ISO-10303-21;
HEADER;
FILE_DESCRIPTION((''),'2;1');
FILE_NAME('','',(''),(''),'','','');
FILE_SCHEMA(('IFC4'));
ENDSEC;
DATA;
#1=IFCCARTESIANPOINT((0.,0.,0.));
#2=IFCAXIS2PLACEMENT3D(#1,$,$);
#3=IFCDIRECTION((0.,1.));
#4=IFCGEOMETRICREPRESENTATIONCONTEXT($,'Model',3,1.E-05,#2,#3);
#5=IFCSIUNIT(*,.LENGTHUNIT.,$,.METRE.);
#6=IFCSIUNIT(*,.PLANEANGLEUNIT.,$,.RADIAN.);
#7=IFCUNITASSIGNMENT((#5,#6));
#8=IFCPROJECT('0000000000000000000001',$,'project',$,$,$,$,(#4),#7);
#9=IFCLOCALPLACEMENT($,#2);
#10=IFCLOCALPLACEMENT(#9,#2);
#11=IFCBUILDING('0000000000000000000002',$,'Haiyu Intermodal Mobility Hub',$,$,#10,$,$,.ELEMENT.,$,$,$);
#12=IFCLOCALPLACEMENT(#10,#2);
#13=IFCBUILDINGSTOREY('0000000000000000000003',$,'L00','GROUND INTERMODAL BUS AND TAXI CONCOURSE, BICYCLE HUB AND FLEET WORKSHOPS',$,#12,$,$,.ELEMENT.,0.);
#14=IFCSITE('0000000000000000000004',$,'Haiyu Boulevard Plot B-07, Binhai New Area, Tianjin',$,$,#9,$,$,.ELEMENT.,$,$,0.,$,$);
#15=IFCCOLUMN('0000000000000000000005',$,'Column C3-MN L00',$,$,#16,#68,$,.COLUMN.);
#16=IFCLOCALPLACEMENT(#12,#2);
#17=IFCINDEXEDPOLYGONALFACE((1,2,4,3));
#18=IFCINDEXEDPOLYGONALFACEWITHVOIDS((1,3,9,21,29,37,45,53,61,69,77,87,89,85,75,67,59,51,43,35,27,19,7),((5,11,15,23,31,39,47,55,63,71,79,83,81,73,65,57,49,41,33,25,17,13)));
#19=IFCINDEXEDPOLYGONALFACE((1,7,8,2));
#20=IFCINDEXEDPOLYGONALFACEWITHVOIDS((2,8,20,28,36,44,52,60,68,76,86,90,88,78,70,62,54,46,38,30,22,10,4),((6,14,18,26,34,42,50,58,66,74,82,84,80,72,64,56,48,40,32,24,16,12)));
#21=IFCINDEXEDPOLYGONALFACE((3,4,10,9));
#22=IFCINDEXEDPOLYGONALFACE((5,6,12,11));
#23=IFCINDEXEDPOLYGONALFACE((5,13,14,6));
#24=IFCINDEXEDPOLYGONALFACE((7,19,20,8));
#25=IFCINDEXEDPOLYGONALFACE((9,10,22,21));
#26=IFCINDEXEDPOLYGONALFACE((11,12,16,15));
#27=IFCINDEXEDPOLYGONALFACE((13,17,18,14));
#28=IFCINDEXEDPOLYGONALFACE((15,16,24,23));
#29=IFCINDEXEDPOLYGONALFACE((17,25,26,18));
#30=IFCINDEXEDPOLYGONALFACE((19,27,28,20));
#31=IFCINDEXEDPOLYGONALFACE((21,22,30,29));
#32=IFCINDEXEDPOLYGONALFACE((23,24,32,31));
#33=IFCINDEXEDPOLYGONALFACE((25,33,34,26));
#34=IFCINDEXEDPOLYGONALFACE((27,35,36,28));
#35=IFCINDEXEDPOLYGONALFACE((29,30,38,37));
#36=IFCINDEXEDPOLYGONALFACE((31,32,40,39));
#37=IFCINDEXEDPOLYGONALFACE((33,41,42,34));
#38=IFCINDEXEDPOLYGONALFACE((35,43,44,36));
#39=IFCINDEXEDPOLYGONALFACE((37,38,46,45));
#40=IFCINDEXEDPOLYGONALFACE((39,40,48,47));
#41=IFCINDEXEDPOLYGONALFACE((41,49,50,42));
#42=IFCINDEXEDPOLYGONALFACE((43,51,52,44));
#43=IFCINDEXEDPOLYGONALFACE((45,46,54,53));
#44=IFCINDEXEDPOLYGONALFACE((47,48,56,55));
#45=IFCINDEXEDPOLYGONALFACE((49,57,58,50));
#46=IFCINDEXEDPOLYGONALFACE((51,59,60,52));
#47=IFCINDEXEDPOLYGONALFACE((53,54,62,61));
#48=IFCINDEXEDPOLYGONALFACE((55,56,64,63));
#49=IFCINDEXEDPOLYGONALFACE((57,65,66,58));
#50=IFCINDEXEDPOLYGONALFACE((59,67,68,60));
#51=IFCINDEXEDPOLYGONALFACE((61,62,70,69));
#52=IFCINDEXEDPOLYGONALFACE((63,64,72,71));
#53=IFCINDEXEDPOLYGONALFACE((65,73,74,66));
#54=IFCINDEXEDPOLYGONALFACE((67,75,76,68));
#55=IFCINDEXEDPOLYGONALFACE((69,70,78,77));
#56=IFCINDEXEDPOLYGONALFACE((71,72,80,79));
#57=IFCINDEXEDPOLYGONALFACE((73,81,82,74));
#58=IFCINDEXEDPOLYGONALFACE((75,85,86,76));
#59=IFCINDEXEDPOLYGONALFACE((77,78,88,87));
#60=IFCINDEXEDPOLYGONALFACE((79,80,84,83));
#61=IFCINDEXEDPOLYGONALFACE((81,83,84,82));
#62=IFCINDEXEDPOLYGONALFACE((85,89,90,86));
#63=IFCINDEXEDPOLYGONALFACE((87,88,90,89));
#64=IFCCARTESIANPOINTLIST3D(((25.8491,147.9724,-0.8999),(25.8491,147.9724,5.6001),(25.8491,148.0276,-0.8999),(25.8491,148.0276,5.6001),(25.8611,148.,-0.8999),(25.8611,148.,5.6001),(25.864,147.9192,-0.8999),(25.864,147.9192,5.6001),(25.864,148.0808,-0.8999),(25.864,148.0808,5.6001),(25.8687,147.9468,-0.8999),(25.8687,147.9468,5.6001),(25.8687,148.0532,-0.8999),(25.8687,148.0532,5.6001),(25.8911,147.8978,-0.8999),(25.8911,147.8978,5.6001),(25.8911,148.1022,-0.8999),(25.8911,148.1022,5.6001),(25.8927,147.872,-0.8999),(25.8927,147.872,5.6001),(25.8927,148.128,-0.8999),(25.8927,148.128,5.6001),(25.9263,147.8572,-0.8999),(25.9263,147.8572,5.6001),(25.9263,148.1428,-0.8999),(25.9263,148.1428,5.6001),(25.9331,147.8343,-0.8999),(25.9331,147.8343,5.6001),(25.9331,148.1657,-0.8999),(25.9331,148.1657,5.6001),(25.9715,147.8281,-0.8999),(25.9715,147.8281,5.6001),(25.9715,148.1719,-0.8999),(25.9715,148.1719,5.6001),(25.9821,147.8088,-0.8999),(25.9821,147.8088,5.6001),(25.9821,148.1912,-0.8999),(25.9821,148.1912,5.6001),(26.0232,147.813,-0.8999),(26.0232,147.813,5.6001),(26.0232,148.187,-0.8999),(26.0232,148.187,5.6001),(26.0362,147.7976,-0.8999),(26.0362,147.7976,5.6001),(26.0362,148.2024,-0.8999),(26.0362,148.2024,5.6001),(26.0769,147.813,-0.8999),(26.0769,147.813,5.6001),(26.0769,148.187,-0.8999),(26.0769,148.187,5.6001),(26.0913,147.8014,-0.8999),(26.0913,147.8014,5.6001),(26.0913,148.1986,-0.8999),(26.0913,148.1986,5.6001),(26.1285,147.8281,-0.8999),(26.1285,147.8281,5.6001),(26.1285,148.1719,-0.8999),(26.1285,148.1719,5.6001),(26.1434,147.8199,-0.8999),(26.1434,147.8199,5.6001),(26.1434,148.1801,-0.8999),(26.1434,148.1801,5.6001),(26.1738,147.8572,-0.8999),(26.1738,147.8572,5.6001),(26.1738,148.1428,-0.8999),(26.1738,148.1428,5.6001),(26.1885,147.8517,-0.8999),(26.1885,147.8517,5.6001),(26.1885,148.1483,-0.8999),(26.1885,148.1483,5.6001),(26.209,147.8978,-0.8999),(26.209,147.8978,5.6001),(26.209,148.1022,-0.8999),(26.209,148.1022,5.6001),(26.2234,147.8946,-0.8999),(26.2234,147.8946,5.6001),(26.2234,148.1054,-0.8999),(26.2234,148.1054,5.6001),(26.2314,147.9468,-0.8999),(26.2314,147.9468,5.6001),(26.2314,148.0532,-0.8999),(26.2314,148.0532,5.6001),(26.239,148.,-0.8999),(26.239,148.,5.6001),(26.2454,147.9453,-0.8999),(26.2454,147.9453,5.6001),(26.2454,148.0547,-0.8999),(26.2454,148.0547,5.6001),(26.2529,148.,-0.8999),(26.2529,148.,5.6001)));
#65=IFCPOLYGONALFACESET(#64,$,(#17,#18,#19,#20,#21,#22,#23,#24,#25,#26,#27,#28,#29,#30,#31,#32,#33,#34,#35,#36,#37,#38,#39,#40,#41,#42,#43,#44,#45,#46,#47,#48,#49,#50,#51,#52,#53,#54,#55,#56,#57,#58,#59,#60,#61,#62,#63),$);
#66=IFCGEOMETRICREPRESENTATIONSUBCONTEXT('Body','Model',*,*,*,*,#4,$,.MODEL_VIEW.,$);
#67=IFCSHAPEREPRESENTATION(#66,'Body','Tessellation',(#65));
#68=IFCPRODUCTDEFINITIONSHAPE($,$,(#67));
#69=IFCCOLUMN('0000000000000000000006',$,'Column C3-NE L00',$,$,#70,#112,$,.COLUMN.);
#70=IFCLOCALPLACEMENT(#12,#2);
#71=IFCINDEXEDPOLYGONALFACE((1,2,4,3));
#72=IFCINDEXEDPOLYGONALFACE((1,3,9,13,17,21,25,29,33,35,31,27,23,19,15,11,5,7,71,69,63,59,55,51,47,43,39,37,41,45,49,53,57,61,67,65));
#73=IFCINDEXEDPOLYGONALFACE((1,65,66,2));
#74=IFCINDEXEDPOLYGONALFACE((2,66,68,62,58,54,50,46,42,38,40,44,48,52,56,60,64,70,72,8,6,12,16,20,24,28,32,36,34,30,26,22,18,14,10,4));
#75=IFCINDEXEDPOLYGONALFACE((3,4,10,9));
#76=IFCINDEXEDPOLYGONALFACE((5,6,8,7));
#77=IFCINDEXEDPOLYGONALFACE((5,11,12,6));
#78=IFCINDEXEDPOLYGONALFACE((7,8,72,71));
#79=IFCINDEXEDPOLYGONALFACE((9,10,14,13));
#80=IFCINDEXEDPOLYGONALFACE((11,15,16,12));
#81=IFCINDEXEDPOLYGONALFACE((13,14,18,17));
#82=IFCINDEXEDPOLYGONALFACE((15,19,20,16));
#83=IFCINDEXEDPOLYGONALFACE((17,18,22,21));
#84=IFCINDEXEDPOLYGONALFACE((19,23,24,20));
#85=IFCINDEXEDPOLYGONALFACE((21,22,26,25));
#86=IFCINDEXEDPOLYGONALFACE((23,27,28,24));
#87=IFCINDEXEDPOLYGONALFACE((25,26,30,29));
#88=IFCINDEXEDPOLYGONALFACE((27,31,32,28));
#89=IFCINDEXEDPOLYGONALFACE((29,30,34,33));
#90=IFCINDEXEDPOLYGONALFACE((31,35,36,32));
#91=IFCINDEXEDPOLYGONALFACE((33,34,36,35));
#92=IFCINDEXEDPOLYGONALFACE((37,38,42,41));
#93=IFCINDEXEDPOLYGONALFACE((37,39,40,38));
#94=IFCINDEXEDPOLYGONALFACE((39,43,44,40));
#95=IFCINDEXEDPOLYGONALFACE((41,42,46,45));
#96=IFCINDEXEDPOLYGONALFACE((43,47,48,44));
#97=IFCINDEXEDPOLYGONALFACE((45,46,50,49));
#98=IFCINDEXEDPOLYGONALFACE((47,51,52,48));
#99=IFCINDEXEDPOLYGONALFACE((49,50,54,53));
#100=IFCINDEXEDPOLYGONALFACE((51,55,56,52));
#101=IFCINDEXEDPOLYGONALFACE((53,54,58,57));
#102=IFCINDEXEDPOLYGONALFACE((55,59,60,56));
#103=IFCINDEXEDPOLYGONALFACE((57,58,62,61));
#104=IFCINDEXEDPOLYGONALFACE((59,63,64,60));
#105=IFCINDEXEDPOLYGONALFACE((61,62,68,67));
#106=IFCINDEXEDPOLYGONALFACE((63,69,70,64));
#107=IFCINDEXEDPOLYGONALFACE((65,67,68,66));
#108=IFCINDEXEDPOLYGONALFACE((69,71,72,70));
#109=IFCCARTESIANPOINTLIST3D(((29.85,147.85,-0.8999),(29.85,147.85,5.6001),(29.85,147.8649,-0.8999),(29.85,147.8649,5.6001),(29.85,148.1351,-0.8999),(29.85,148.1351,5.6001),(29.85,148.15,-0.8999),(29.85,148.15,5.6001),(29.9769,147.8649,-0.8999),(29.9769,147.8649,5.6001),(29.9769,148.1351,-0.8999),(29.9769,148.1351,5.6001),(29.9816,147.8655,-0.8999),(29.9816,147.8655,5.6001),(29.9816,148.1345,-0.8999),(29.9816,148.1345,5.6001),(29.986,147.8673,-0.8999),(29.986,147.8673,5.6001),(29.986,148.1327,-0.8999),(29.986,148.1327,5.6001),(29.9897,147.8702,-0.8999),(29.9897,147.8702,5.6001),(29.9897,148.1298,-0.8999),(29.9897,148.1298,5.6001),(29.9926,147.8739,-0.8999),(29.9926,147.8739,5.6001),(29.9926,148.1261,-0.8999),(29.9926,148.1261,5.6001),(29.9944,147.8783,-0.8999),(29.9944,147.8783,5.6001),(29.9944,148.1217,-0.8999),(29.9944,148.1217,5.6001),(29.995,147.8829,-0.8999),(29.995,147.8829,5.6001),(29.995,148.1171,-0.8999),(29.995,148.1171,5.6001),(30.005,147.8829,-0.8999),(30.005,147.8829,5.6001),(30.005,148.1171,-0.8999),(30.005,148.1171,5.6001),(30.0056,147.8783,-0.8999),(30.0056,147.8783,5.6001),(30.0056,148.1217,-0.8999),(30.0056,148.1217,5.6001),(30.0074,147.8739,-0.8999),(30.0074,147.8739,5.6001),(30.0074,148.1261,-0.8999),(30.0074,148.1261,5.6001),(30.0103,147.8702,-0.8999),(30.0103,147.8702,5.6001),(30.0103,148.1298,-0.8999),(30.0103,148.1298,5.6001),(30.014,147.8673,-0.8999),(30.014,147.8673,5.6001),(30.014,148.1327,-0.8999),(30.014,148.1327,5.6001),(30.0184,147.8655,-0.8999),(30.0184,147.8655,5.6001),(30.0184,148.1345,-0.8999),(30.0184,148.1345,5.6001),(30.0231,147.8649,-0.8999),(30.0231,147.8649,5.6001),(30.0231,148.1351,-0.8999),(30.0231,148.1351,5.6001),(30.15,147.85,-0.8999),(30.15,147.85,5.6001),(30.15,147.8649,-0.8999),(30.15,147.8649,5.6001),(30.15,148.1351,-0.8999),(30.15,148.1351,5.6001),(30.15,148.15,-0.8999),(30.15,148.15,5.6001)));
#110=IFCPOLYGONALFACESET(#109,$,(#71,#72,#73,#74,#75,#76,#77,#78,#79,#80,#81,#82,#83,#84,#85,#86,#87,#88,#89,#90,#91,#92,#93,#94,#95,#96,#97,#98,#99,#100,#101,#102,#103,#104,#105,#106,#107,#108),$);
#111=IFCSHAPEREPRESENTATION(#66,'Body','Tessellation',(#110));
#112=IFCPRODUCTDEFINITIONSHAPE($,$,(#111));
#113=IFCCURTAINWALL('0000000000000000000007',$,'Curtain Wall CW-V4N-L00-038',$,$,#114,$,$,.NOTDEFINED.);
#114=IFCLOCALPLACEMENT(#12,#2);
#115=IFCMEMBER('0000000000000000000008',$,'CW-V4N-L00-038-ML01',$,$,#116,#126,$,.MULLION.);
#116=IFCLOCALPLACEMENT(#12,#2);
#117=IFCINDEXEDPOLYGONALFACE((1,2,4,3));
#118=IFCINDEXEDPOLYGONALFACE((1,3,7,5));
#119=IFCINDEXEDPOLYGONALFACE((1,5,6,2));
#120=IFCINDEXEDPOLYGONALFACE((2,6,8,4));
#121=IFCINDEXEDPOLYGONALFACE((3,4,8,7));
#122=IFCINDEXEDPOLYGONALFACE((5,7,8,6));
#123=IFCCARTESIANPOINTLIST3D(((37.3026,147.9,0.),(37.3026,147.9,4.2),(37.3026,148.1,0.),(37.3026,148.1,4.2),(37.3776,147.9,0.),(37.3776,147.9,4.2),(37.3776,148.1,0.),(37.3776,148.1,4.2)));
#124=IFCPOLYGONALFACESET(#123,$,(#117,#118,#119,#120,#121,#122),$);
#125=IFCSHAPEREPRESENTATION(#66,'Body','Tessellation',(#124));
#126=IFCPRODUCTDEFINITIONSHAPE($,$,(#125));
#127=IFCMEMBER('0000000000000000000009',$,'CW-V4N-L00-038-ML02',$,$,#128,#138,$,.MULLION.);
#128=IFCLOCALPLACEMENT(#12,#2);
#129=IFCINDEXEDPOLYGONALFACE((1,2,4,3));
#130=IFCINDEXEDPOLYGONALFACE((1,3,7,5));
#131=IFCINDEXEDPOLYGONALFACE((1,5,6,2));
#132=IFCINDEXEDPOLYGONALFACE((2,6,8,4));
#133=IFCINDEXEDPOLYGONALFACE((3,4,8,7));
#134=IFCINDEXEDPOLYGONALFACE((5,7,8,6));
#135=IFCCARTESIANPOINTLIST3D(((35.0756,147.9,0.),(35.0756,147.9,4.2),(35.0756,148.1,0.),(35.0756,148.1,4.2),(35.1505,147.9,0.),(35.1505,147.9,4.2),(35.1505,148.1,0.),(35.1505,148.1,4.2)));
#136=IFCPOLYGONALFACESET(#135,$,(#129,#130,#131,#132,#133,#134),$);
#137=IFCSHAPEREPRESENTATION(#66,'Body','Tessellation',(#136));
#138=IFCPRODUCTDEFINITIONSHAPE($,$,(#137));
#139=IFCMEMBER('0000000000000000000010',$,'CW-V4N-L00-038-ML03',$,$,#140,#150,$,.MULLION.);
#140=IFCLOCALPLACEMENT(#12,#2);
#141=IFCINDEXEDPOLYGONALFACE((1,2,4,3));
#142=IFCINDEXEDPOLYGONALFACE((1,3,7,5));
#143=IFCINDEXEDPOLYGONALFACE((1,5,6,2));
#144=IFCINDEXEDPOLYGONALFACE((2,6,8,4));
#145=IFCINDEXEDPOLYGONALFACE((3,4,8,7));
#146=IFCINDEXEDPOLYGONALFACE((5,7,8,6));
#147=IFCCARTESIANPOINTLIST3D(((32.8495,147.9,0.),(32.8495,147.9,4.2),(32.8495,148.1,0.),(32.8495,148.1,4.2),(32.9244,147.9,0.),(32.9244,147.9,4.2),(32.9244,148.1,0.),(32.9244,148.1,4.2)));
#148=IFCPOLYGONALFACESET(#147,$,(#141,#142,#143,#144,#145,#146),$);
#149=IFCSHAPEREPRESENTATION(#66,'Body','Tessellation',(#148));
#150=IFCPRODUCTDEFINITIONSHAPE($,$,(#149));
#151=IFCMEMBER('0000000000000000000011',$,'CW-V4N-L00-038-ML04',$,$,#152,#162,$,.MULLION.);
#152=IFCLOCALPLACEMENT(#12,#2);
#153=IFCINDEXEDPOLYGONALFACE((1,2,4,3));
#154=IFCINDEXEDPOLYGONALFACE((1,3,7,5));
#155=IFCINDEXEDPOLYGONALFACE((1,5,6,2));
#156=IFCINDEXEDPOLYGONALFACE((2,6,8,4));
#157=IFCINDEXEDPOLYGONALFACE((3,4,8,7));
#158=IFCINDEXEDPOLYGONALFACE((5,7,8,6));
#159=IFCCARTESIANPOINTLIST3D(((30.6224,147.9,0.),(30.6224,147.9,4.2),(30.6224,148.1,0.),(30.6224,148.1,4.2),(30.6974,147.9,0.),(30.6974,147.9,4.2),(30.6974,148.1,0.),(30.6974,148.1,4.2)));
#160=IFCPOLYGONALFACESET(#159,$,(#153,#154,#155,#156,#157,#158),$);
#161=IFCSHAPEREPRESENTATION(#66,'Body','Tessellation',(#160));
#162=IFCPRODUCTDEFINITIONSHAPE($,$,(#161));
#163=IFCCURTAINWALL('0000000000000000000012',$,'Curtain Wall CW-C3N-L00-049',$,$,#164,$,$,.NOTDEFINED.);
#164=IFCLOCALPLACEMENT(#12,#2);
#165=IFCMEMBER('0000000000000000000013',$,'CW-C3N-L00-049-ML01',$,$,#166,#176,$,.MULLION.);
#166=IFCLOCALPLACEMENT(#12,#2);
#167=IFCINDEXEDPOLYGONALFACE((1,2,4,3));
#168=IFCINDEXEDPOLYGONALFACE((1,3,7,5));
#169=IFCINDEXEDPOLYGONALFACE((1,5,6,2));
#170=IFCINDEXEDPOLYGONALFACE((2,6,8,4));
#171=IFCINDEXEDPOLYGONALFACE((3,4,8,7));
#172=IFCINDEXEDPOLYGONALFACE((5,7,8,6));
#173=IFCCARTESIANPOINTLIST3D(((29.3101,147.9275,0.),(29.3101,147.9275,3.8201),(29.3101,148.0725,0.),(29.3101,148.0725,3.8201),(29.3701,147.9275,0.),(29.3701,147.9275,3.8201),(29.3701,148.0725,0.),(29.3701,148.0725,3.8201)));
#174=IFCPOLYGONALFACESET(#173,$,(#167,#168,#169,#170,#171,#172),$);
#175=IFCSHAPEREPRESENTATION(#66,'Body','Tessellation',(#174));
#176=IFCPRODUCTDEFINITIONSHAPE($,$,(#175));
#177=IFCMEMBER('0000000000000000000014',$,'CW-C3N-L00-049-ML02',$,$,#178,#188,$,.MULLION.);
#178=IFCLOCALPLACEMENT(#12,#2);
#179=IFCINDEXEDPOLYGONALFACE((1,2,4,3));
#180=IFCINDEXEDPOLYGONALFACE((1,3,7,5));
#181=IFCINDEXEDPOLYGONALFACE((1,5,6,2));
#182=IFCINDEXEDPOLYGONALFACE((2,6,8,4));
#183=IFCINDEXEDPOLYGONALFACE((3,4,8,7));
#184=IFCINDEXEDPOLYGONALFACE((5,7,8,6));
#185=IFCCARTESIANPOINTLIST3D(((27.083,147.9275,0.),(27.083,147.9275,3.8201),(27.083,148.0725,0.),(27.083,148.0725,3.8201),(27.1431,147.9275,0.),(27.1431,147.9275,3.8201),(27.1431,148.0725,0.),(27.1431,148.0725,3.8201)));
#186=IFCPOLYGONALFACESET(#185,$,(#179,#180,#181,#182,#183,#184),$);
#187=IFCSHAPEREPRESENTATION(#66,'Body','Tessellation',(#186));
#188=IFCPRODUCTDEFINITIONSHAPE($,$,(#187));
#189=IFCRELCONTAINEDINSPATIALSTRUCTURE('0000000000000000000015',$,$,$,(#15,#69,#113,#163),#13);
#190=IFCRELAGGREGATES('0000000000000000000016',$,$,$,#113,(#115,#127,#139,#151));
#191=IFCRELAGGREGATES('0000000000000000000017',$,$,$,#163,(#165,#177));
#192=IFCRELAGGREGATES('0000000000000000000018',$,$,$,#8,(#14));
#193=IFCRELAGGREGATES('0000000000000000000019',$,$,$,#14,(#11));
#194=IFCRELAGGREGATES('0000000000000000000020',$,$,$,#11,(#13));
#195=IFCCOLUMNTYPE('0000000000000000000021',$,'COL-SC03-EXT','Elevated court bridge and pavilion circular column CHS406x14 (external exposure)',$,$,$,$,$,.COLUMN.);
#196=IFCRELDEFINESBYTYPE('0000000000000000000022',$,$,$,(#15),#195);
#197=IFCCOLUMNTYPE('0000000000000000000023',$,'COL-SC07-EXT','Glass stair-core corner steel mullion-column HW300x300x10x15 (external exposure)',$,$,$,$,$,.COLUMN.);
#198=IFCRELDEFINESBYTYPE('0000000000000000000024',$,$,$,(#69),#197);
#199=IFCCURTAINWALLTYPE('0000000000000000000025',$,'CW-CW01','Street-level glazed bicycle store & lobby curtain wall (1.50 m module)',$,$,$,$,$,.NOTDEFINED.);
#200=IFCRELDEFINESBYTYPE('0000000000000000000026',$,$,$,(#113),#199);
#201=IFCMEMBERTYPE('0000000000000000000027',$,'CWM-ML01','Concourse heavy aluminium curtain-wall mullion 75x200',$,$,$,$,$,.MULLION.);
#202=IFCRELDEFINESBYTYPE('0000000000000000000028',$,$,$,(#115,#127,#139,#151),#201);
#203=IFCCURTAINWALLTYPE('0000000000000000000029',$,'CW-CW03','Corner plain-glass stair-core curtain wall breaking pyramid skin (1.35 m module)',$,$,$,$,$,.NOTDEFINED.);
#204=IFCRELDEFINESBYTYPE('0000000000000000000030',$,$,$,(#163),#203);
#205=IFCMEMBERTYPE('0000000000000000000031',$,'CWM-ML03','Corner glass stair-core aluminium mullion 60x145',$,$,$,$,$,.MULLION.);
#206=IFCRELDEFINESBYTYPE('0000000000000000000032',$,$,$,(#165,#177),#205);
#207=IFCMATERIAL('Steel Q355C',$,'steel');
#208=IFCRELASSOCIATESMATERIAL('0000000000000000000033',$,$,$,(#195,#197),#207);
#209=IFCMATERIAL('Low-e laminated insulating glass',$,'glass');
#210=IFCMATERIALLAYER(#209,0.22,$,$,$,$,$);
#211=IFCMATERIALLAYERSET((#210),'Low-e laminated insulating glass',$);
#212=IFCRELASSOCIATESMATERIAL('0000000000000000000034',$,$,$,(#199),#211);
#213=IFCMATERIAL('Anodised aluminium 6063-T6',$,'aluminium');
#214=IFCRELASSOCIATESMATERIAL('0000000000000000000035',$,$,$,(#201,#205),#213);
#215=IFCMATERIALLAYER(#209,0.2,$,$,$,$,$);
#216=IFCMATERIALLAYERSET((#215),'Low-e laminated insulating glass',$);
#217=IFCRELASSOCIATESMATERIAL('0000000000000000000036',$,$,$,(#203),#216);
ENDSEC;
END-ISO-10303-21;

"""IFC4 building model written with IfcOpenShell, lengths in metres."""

from ifc_helpers import new_model, si_unit, direction, frame, origin, origin_2d, place, context, subcontext, project, spatial, rectangle, hollow_circle, i_section, extrude, material, layer, layer_set, material_profile, profile_set, type_object, element, aggregate, save


model = new_model("IFC4")

# Units and contexts
model_context = context("Model", 3, precision=1e-05, world=origin(), true_north=direction((0.0, 1.0)))
body_context = subcontext(model_context, "Body", "Model", "MODEL_VIEW")
ifc_project = project(units=[si_unit("LENGTHUNIT", "METRE"), si_unit("PLANEANGLEUNIT", "RADIAN")], contexts=[model_context])

# Site, building, storey
site_placement = place(None, origin())
site = spatial("IfcSite", under=ifc_project, at=site_placement, Name="Haiyu Boulevard Plot B-07, Binhai New Area, Tianjin", CompositionType="ELEMENT", RefElevation=0.0)
building_placement = place(site_placement, origin())
building = spatial("IfcBuilding", under=site, at=building_placement, Name="Haiyu Intermodal Mobility Hub", CompositionType="ELEMENT")
storey_placement = place(building_placement, origin())
storey = spatial("IfcBuildingStorey", under=building, at=storey_placement, Name="L00", Description="GROUND INTERMODAL BUS AND TAXI CONCOURSE, BICYCLE HUB AND FLEET WORKSHOPS", CompositionType="ELEMENT", Elevation=0.0)

# Columns
ifc_material_1 = material(Name="Steel Q355C", Category="steel")
ifc_material_profile_1 = material_profile(ifc_material_1, hollow_circle(Radius=0.2029, WallThickness=0.0139, at=origin_2d()), Name="CHS406x14")
ifc_profile_set_1 = profile_set([ifc_material_profile_1], Name="Steel Q355C")
column_type_1 = type_object("IfcColumnType", Name="COL-SC03-EXT", Description="Elevated court bridge and pavilion circular column CHS406x14 (external exposure)", PredefinedType="COLUMN", material=ifc_profile_set_1)
column_1_placement = place(storey_placement, frame((26.05, 148.0, -0.8999), z_axis=(0.0, 0.0, 1.0), x_axis=(1.0, 0.0, 0.0)))
element("IfcColumn", 1, at=column_1_placement, inside=storey, type_object=column_type_1, Name="Column C3-MN L00", PredefinedType="COLUMN", context=body_context, shape_type="SweptSolid", body=[
    extrude(hollow_circle(Radius=0.2029, WallThickness=0.0139, at=origin_2d()), origin(), (0.0, 0.0, 1.0), 6.5),
])
ifc_material_profile_2 = material_profile(ifc_material_1, i_section(OverallWidth=0.3, OverallDepth=0.3, WebThickness=0.01, FlangeThickness=0.0149, FilletRadius=0.0181, at=origin_2d()), Name="HW300x300x10x15")
ifc_profile_set_2 = profile_set([ifc_material_profile_2], Name="Steel Q355C")
column_type_2 = type_object("IfcColumnType", Name="COL-SC07-EXT", Description="Glass stair-core corner steel mullion-column HW300x300x10x15 (external exposure)", PredefinedType="COLUMN", material=ifc_profile_set_2)
column_2_placement = place(storey_placement, frame((30.0, 148.0, -0.8999), z_axis=(0.0, 0.0, 1.0), x_axis=(1.0, 0.0, 0.0)))
element("IfcColumn", 2, at=column_2_placement, inside=storey, type_object=column_type_2, Name="Column C3-NE L00", PredefinedType="COLUMN", context=body_context, shape_type="SweptSolid", body=[
    extrude(i_section(OverallWidth=0.3, OverallDepth=0.3, WebThickness=0.01, FlangeThickness=0.0149, FilletRadius=0.0181, at=origin_2d()), origin(), (0.0, 0.0, 1.0), 6.5),
])

# Curtain walls, members
ifc_material_2 = material(Name="Low-e laminated insulating glass", Category="glass")
ifc_layer_1 = layer(ifc_material_2, 0.22)
ifc_layer_set_1 = layer_set([ifc_layer_1], Name="Low-e laminated insulating glass")
curtain_wall_type_1 = type_object("IfcCurtainWallType", Name="CW-CW01", Description="Street-level glazed bicycle store & lobby curtain wall (1.50 m module)", PredefinedType="NOTDEFINED", material=ifc_layer_set_1)
curtain_wall_1_placement = place(storey_placement, origin())
curtain_wall_1 = element("IfcCurtainWall", 3, at=curtain_wall_1_placement, inside=storey, type_object=curtain_wall_type_1, Name="Curtain Wall CW-V4N-L00-038", PredefinedType="NOTDEFINED")
ifc_material_3 = material(Name="Anodised aluminium 6063-T6", Category="aluminium")
ifc_material_profile_3 = material_profile(ifc_material_3, rectangle(XDim=0.075, YDim=0.2, at=origin_2d()), Name="ALU75x200")
ifc_profile_set_3 = profile_set([ifc_material_profile_3], Name="Anodised aluminium 6063-T6")
member_type_1 = type_object("IfcMemberType", Name="CWM-ML01", Description="Concourse heavy aluminium curtain-wall mullion 75x200", PredefinedType="MULLION", material=ifc_profile_set_3)
member_1_placement = place(storey_placement, frame((37.3401, 148.0, 0.0), z_axis=(0.0, 0.0, 1.0), x_axis=(1.0, 0.0, 0.0)))
member_1 = element("IfcMember", 4, at=member_1_placement, type_object=member_type_1, Name="CW-V4N-L00-038-ML01", PredefinedType="MULLION", context=body_context, shape_type="SweptSolid", body=[
    extrude(rectangle(XDim=0.075, YDim=0.2, at=origin_2d()), origin(), (0.0, 0.0, 1.0), 4.2),
])
member_2_placement = place(storey_placement, frame((35.113, 148.0, 0.0), z_axis=(0.0, 0.0, 1.0), x_axis=(1.0, 0.0, 0.0)))
member_2 = element("IfcMember", 5, at=member_2_placement, type_object=member_type_1, Name="CW-V4N-L00-038-ML02", PredefinedType="MULLION", context=body_context, shape_type="SweptSolid", body=[
    extrude(rectangle(XDim=0.075, YDim=0.2, at=origin_2d()), origin(), (0.0, 0.0, 1.0), 4.2),
])
member_3_placement = place(storey_placement, frame((32.887, 148.0, 0.0), z_axis=(0.0, 0.0, 1.0), x_axis=(1.0, 0.0, 0.0)))
member_3 = element("IfcMember", 6, at=member_3_placement, type_object=member_type_1, Name="CW-V4N-L00-038-ML03", PredefinedType="MULLION", context=body_context, shape_type="SweptSolid", body=[
    extrude(rectangle(XDim=0.075, YDim=0.2, at=origin_2d()), origin(), (0.0, 0.0, 1.0), 4.2),
])
member_4_placement = place(storey_placement, frame((30.6599, 148.0, 0.0), z_axis=(0.0, 0.0, 1.0), x_axis=(1.0, 0.0, 0.0)))
member_4 = element("IfcMember", 7, at=member_4_placement, type_object=member_type_1, Name="CW-V4N-L00-038-ML04", PredefinedType="MULLION", context=body_context, shape_type="SweptSolid", body=[
    extrude(rectangle(XDim=0.075, YDim=0.2, at=origin_2d()), origin(), (0.0, 0.0, 1.0), 4.2),
])
ifc_layer_2 = layer(ifc_material_2, 0.2)
ifc_layer_set_2 = layer_set([ifc_layer_2], Name="Low-e laminated insulating glass")
curtain_wall_type_2 = type_object("IfcCurtainWallType", Name="CW-CW03", Description="Corner plain-glass stair-core curtain wall breaking pyramid skin (1.35 m module)", PredefinedType="NOTDEFINED", material=ifc_layer_set_2)
curtain_wall_2_placement = place(storey_placement, origin())
curtain_wall_2 = element("IfcCurtainWall", 8, at=curtain_wall_2_placement, inside=storey, type_object=curtain_wall_type_2, Name="Curtain Wall CW-C3N-L00-049", PredefinedType="NOTDEFINED")
ifc_material_profile_4 = material_profile(ifc_material_3, rectangle(XDim=0.0601, YDim=0.145, at=origin_2d()), Name="ALU60x145")
ifc_profile_set_4 = profile_set([ifc_material_profile_4], Name="Anodised aluminium 6063-T6")
member_type_2 = type_object("IfcMemberType", Name="CWM-ML03", Description="Corner glass stair-core aluminium mullion 60x145", PredefinedType="MULLION", material=ifc_profile_set_4)
member_5_placement = place(storey_placement, frame((29.3401, 148.0, 0.0), z_axis=(0.0, 0.0, 1.0), x_axis=(1.0, 0.0, 0.0)))
member_5 = element("IfcMember", 9, at=member_5_placement, type_object=member_type_2, Name="CW-C3N-L00-049-ML01", PredefinedType="MULLION", context=body_context, shape_type="SweptSolid", body=[
    extrude(rectangle(XDim=0.0601, YDim=0.145, at=origin_2d()), origin(), (0.0, 0.0, 1.0), 3.8201),
])
member_6_placement = place(storey_placement, frame((27.113, 148.0, 0.0), z_axis=(0.0, 0.0, 1.0), x_axis=(1.0, 0.0, 0.0)))
member_6 = element("IfcMember", 10, at=member_6_placement, type_object=member_type_2, Name="CW-C3N-L00-049-ML02", PredefinedType="MULLION", context=body_context, shape_type="SweptSolid", body=[
    extrude(rectangle(XDim=0.0601, YDim=0.145, at=origin_2d()), origin(), (0.0, 0.0, 1.0), 3.8201),
])

aggregate(curtain_wall_1, [member_1, member_2, member_3, member_4])
aggregate(curtain_wall_2, [member_5, member_6])

save(model, "model.ifc")
